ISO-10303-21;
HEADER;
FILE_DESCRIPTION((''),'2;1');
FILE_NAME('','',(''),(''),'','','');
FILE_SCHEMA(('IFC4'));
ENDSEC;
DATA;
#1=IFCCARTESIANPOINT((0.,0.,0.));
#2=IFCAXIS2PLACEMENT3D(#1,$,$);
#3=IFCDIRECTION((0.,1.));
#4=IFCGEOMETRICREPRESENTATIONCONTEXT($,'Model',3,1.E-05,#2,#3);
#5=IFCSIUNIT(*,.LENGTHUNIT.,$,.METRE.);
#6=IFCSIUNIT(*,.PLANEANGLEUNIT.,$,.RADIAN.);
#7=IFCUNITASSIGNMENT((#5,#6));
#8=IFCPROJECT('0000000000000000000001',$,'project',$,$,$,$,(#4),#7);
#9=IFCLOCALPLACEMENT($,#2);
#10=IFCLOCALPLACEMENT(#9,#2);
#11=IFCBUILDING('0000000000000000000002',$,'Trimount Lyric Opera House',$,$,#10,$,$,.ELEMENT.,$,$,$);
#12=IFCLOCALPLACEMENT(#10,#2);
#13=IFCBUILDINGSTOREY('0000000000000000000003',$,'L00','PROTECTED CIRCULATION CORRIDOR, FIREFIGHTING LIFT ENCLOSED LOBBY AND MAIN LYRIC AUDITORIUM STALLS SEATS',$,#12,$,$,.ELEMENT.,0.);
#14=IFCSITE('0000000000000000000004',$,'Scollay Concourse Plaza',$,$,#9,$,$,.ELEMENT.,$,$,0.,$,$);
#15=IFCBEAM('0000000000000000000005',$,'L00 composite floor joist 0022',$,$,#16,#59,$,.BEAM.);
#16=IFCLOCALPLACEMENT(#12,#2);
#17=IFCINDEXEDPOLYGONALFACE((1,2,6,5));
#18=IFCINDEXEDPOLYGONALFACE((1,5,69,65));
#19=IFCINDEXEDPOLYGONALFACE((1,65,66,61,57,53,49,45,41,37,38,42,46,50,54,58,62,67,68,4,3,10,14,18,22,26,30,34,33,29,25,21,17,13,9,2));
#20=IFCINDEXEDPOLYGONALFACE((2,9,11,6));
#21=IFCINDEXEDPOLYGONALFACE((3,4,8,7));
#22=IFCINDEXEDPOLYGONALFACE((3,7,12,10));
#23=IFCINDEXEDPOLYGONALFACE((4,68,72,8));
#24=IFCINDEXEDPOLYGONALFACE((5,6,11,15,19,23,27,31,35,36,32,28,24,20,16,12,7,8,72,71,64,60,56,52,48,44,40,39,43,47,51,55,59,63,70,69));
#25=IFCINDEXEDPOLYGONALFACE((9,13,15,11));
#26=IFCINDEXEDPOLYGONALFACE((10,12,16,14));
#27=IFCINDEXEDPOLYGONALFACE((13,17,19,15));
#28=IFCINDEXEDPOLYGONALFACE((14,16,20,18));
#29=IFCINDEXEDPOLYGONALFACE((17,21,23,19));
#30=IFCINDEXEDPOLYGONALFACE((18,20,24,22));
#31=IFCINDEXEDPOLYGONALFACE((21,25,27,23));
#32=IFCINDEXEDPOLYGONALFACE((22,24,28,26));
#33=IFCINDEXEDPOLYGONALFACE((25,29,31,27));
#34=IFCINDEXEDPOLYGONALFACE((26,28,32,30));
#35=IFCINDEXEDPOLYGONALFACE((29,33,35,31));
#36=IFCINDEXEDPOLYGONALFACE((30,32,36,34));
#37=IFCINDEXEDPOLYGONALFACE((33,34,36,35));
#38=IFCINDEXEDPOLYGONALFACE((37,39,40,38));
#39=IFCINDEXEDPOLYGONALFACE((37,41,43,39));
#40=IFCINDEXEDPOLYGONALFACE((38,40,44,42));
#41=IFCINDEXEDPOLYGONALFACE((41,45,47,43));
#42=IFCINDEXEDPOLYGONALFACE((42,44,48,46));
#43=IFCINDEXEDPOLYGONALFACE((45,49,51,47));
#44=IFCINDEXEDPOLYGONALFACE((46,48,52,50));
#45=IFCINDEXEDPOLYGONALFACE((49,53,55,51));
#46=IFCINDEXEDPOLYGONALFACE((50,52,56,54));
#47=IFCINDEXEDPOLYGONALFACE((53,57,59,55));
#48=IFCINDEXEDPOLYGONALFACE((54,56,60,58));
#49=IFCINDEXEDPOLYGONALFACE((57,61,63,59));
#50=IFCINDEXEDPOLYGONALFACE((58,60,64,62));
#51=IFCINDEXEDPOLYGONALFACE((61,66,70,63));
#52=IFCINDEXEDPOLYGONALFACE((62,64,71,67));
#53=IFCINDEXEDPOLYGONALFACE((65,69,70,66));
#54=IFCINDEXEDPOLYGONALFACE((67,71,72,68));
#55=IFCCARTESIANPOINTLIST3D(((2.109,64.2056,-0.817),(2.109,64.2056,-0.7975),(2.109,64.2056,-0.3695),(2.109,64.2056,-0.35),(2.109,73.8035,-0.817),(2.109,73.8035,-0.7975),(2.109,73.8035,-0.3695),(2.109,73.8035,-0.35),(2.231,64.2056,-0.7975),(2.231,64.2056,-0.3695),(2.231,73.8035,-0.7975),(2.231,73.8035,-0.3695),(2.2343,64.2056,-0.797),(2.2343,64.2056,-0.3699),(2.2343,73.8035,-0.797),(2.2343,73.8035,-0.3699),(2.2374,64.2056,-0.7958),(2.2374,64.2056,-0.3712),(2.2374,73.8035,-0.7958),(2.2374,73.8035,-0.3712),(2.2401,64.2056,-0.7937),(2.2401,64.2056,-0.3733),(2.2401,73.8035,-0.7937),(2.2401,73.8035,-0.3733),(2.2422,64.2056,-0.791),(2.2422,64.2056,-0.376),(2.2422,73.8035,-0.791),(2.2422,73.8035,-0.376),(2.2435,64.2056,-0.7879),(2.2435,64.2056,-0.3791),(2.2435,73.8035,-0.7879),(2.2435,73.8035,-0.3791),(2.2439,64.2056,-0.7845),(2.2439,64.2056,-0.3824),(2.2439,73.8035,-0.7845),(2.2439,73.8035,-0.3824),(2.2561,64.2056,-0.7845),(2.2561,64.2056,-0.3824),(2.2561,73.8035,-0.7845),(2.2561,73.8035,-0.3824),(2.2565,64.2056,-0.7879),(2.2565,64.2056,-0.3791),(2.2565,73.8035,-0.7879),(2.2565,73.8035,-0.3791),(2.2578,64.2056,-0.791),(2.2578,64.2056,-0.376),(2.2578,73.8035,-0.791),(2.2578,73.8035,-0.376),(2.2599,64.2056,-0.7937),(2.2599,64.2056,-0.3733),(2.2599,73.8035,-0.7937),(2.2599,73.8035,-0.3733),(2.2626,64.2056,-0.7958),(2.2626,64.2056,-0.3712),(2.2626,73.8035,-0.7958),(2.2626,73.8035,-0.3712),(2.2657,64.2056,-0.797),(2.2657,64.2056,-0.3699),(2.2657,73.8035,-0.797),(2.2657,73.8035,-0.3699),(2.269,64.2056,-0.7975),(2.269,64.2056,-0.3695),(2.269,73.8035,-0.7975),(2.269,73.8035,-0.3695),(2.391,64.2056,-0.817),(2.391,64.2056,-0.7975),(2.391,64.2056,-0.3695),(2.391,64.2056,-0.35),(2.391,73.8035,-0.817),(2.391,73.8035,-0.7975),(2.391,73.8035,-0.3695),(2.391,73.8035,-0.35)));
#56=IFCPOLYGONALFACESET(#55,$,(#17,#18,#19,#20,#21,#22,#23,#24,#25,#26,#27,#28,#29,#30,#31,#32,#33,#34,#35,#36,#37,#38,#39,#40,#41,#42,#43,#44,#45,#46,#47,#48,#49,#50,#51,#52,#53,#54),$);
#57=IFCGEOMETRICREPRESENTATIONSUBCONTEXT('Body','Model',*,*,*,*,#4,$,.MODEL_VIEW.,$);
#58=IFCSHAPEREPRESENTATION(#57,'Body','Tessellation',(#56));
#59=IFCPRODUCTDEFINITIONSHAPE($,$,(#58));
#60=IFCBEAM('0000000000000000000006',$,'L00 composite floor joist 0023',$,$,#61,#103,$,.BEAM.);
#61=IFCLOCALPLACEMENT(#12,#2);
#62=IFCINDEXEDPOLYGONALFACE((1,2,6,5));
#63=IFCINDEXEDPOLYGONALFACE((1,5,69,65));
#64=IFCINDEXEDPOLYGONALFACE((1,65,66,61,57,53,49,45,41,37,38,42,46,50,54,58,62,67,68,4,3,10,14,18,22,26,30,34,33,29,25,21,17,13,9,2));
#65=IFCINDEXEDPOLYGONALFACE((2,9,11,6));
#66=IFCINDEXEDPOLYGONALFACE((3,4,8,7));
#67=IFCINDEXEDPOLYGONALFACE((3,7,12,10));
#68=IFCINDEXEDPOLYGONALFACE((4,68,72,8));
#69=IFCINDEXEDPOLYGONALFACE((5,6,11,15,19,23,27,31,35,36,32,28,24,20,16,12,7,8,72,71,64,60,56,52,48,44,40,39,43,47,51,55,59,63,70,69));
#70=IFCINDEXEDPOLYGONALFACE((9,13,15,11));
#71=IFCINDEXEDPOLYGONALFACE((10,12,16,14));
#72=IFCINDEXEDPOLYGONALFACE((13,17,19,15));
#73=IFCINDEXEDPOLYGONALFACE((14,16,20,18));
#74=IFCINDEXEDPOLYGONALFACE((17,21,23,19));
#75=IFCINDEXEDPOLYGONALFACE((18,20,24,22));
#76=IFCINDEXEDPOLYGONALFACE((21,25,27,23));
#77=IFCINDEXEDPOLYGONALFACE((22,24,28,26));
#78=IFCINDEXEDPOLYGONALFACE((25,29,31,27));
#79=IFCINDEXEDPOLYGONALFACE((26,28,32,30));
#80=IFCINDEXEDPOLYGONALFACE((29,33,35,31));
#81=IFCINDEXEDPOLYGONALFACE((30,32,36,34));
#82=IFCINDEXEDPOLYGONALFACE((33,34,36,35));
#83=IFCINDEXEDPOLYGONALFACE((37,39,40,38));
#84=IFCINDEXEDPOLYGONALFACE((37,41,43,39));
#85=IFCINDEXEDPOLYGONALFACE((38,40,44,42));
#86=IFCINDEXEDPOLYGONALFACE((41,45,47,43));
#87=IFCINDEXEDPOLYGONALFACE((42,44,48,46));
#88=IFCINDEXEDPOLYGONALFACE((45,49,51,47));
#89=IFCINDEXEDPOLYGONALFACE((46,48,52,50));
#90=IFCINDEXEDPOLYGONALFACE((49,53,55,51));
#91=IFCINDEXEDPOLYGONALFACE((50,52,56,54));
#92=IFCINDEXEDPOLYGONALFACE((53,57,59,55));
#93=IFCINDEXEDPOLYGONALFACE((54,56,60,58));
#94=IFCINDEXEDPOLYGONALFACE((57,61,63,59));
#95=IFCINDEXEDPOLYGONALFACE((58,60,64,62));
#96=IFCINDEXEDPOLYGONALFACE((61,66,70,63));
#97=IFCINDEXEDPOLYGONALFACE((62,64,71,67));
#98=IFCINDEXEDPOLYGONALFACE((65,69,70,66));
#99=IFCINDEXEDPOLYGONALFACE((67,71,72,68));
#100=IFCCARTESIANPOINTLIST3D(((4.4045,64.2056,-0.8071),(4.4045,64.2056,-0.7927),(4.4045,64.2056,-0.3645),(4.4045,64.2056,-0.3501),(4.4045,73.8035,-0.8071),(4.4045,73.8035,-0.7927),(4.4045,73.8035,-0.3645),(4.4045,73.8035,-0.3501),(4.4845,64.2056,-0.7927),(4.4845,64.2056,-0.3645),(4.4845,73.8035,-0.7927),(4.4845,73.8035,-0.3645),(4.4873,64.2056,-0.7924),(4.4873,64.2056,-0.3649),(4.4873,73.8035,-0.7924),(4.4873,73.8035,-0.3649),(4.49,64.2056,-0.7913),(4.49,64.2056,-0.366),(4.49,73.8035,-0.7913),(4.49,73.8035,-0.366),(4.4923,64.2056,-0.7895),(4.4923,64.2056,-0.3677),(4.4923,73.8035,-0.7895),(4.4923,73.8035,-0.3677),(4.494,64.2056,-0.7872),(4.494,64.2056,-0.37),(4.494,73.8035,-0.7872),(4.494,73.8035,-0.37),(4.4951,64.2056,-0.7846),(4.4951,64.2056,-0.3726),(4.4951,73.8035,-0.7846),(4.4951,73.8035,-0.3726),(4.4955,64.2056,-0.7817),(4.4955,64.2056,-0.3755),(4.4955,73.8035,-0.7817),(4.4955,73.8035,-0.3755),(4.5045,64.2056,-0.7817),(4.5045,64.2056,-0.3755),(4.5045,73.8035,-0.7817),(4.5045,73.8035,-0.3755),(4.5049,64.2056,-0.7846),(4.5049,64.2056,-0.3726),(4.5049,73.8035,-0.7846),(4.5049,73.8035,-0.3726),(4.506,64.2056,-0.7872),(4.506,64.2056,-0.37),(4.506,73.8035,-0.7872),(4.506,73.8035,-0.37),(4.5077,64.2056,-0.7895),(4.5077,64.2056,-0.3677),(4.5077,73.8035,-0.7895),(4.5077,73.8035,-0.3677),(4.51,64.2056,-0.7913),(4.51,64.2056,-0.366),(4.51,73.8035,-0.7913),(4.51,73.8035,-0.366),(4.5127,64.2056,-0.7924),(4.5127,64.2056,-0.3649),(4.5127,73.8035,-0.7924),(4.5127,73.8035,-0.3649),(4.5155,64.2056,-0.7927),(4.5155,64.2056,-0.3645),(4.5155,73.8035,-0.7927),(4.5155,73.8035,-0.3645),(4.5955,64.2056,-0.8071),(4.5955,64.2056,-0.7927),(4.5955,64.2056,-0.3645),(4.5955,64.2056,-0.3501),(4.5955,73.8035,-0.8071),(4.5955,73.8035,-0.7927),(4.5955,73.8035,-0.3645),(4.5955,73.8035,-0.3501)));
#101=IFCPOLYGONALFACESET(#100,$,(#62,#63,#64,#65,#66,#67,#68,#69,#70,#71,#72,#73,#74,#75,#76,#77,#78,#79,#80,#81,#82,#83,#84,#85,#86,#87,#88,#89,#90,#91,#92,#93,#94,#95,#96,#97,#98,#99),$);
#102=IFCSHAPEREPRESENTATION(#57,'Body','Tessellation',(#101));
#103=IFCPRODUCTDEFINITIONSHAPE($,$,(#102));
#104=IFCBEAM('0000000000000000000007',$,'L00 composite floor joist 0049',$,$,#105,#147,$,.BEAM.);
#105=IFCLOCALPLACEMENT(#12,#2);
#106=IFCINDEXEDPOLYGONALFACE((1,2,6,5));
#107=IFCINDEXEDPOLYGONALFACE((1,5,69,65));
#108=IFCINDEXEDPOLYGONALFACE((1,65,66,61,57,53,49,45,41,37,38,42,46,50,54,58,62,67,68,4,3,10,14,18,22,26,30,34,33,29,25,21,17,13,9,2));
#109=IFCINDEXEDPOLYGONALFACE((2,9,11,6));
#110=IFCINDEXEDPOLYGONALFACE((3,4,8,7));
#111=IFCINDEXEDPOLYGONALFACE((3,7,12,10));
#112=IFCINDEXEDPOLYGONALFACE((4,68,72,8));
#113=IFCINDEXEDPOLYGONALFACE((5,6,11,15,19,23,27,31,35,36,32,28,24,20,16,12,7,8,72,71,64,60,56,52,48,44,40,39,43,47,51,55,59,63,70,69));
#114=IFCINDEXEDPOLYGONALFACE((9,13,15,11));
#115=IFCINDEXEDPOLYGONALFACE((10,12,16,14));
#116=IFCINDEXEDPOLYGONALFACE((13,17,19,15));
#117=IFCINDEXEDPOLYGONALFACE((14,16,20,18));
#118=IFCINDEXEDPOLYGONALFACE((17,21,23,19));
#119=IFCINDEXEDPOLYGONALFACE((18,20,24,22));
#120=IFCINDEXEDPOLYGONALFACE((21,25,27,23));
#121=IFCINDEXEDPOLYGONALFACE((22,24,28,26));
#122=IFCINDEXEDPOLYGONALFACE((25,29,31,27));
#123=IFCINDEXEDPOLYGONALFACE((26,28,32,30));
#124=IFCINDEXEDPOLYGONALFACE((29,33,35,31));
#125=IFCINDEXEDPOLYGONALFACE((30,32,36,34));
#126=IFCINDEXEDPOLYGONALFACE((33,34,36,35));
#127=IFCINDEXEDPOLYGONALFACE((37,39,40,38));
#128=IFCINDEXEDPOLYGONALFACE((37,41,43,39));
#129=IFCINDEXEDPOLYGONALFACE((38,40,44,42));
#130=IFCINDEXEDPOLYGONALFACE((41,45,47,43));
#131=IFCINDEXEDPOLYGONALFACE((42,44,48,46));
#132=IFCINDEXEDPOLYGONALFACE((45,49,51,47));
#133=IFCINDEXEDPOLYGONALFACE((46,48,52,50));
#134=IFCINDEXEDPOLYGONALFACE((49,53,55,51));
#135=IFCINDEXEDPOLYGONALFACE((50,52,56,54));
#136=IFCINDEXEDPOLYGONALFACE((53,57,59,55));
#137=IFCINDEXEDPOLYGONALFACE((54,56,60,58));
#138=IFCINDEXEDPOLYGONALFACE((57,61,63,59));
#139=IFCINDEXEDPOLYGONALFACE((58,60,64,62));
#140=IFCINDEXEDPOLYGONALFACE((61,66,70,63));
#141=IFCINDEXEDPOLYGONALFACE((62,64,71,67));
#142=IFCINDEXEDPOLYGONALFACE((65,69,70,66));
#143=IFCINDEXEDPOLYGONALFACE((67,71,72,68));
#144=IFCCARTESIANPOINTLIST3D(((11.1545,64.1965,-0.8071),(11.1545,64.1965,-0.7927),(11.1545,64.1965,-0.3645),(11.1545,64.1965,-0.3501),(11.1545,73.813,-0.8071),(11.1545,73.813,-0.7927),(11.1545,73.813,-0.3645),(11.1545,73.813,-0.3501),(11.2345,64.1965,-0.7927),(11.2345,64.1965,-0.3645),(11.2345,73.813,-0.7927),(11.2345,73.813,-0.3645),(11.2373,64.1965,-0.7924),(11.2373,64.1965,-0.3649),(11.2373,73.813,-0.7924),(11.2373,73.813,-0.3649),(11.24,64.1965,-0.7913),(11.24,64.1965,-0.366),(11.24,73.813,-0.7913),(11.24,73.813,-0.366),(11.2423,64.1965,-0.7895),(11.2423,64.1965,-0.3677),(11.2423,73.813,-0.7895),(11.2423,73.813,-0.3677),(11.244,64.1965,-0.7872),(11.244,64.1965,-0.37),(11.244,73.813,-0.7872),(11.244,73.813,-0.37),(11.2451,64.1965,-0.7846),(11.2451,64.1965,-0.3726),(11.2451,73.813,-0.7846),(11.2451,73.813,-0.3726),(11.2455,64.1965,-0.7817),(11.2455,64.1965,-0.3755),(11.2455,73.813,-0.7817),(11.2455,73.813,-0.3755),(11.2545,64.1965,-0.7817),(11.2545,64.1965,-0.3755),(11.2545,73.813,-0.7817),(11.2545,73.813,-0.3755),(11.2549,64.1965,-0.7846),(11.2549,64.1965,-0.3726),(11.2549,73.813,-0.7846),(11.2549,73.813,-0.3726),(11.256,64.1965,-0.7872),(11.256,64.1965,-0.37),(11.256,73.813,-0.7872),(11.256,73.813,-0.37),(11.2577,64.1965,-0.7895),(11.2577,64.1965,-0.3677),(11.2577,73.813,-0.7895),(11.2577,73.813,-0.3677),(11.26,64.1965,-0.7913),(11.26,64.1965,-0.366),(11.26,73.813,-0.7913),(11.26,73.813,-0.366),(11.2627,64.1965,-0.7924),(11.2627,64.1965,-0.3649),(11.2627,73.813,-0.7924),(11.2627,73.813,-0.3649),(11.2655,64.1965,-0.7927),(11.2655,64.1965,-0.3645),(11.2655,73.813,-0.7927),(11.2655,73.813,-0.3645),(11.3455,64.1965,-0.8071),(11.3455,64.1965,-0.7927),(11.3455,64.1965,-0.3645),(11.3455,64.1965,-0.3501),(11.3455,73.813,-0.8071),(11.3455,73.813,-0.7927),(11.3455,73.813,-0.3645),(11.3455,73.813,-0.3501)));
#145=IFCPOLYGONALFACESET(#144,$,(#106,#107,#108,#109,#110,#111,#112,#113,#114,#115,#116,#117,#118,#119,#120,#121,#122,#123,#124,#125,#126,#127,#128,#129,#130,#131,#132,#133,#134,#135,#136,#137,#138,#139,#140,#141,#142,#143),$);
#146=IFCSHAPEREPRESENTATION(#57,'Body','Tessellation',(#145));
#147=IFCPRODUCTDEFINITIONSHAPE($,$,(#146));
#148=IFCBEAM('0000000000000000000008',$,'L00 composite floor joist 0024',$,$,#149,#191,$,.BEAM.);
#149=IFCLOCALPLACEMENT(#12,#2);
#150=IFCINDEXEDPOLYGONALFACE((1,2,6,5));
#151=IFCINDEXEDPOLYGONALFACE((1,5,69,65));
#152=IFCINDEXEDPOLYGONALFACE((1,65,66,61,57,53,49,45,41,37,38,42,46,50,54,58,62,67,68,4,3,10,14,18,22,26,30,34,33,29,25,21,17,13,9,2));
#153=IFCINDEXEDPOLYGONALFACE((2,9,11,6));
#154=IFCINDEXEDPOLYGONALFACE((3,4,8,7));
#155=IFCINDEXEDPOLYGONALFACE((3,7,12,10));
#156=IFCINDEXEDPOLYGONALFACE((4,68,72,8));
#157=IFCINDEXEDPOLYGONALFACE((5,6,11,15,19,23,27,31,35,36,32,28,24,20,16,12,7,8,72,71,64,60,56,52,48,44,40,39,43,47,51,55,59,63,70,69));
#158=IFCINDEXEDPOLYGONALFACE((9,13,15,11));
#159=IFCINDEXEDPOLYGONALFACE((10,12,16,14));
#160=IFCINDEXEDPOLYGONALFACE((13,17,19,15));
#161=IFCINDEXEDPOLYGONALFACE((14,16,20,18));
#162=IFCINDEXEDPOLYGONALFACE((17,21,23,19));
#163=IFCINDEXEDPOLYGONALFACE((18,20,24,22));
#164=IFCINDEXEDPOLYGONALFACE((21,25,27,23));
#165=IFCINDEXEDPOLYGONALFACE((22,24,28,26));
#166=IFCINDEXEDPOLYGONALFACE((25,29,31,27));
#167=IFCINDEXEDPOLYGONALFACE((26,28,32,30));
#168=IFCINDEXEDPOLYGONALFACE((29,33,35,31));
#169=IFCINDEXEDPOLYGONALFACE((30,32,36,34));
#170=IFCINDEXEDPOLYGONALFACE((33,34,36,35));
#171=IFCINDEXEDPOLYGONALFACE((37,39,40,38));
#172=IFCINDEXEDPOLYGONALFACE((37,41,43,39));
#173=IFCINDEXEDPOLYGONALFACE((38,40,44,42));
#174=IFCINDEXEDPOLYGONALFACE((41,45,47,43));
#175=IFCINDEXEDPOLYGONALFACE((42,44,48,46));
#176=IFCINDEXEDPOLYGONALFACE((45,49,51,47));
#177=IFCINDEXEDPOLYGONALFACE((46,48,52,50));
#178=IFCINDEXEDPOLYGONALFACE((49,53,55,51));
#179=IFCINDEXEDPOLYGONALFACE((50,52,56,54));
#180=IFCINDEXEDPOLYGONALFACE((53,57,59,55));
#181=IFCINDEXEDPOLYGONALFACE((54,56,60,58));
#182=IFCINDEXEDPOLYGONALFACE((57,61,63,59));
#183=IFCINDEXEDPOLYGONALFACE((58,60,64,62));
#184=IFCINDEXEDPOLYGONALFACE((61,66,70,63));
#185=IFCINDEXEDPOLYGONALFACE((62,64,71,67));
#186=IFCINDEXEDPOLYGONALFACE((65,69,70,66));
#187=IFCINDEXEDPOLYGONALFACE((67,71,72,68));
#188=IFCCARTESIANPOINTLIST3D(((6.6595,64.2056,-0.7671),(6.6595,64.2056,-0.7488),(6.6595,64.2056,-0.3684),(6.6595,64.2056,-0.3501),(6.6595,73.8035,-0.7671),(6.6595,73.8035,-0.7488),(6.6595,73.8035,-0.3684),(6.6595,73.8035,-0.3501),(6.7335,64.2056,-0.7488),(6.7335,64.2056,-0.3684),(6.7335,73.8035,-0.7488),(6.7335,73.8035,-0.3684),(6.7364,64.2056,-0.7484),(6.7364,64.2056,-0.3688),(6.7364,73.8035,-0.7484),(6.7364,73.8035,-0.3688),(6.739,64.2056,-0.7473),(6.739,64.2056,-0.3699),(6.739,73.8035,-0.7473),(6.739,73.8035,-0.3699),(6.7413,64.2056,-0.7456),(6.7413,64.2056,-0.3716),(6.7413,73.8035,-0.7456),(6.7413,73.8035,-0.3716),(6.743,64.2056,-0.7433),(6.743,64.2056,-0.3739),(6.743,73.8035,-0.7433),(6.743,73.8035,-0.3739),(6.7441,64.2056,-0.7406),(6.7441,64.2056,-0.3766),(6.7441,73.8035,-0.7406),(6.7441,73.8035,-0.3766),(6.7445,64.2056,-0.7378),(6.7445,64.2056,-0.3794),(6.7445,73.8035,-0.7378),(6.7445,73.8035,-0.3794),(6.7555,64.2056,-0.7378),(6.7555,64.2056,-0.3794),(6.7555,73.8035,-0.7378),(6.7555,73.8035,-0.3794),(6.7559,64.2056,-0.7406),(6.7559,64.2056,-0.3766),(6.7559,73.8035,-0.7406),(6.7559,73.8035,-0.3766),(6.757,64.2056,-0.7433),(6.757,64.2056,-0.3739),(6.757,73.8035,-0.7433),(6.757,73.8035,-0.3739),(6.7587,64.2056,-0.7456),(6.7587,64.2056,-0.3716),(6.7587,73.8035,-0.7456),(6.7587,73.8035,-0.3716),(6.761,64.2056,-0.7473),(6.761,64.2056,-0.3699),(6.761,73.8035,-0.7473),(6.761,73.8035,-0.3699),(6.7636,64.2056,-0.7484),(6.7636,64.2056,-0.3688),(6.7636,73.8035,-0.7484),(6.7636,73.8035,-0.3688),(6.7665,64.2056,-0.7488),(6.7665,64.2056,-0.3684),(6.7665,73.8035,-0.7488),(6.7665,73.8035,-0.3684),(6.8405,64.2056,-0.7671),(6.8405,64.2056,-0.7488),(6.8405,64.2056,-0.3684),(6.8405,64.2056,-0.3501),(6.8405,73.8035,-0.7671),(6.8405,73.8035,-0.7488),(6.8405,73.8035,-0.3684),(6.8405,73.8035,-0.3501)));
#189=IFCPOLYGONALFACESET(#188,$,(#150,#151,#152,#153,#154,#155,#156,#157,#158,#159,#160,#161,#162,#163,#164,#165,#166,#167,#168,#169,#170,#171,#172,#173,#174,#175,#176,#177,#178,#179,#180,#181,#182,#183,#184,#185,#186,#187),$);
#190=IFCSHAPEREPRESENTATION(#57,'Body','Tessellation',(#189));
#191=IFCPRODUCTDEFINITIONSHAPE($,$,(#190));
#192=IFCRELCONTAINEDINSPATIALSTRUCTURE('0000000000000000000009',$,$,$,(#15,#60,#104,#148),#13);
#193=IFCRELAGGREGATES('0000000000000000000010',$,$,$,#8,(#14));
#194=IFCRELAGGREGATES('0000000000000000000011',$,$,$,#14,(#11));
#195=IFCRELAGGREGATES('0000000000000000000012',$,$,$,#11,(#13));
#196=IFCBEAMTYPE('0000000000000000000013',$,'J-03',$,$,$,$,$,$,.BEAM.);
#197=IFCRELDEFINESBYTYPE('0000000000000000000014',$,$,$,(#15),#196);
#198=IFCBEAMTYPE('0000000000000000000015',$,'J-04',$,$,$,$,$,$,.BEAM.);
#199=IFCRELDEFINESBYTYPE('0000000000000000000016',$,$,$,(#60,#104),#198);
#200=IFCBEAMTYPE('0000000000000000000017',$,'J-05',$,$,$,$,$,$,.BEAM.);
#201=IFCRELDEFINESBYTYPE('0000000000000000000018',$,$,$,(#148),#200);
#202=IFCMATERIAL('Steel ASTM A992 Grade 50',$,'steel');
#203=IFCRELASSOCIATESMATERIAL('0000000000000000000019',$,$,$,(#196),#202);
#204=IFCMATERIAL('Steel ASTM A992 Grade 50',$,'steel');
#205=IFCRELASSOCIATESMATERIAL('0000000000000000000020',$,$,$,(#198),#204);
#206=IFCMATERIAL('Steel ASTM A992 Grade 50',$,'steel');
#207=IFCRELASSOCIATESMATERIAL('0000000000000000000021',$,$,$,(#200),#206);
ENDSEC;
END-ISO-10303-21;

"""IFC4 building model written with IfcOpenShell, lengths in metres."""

from ifc_helpers import new_model, si_unit, direction, frame, origin, origin_2d, place, context, subcontext, project, spatial, i_section, extrude, material, material_profile, profile_set, type_object, element, save


model = new_model("IFC4")

# Units and contexts
model_context = context("Model", 3, precision=1e-05, world=origin(), true_north=direction((0.0, 1.0)))
body_context = subcontext(model_context, "Body", "Model", "MODEL_VIEW")
ifc_project = project(units=[si_unit("LENGTHUNIT", "METRE"), si_unit("PLANEANGLEUNIT", "RADIAN")], contexts=[model_context])

# Site, building, storey
site_placement = place(None, origin())
site = spatial("IfcSite", under=ifc_project, at=site_placement, Name="Scollay Concourse Plaza", CompositionType="ELEMENT", RefElevation=0.0)
building_placement = place(site_placement, origin())
building = spatial("IfcBuilding", under=site, at=building_placement, Name="Trimount Lyric Opera House", CompositionType="ELEMENT")
storey_placement = place(building_placement, origin())
storey = spatial("IfcBuildingStorey", under=building, at=storey_placement, Name="L00", Description="PROTECTED CIRCULATION CORRIDOR, FIREFIGHTING LIFT ENCLOSED LOBBY AND MAIN LYRIC AUDITORIUM STALLS SEATS", CompositionType="ELEMENT", Elevation=0.0)

# Beams
ifc_material_1 = material(Name="Steel ASTM A992 Grade 50", Category="steel")
ifc_material_profile_1 = material_profile(ifc_material_1, i_section(OverallWidth=0.282, OverallDepth=0.467, WebThickness=0.0122, FlangeThickness=0.0195, FilletRadius=0.0129, at=origin_2d()), Name="W18X86")
ifc_profile_set_1 = profile_set([ifc_material_profile_1], Name="Steel ASTM A992 Grade 50")
beam_type_1 = type_object("IfcBeamType", Name="J-03", PredefinedType="BEAM", material=ifc_profile_set_1)
beam_1_placement = place(storey_placement, frame((2.25, 64.2056, -0.5835), z_axis=(0.0, 1.0, 0.0), x_axis=(-1.0, 0.0, 0.0)))
element("IfcBeam", 1, at=beam_1_placement, inside=storey, type_object=beam_type_1, Name="L00 composite floor joist 0022", PredefinedType="BEAM", context=body_context, shape_type="SweptSolid", body=[
    extrude(i_section(OverallWidth=0.282, OverallDepth=0.467, WebThickness=0.0122, FlangeThickness=0.0195, FilletRadius=0.0129, at=origin_2d()), origin(), (0.0, 0.0, 1.0), 9.5979),
])
ifc_material_2 = material(Name="Steel ASTM A992 Grade 50", Category="steel")
ifc_material_profile_2 = material_profile(ifc_material_2, i_section(OverallWidth=0.1909, OverallDepth=0.457, WebThickness=0.009, FlangeThickness=0.0144, FilletRadius=0.011, at=origin_2d()), Name="W18X50")
ifc_profile_set_2 = profile_set([ifc_material_profile_2], Name="Steel ASTM A992 Grade 50")
beam_type_2 = type_object("IfcBeamType", Name="J-04", PredefinedType="BEAM", material=ifc_profile_set_2)
beam_2_placement = place(storey_placement, frame((4.5, 64.2056, -0.5786), z_axis=(0.0, 1.0, 0.0), x_axis=(-1.0, 0.0, 0.0)))
element("IfcBeam", 2, at=beam_2_placement, inside=storey, type_object=beam_type_2, Name="L00 composite floor joist 0023", PredefinedType="BEAM", context=body_context, shape_type="SweptSolid", body=[
    extrude(i_section(OverallWidth=0.1909, OverallDepth=0.457, WebThickness=0.009, FlangeThickness=0.0144, FilletRadius=0.011, at=origin_2d()), origin(), (0.0, 0.0, 1.0), 9.5979),
])
beam_3_placement = place(storey_placement, frame((11.25, 64.1965, -0.5786), z_axis=(0.0, 1.0, 0.0), x_axis=(-1.0, 0.0, 0.0)))
element("IfcBeam", 3, at=beam_3_placement, inside=storey, type_object=beam_type_2, Name="L00 composite floor joist 0049", PredefinedType="BEAM", context=body_context, shape_type="SweptSolid", body=[
    extrude(i_section(OverallWidth=0.1909, OverallDepth=0.457, WebThickness=0.009, FlangeThickness=0.0144, FilletRadius=0.011, at=origin_2d()), origin(), (0.0, 0.0, 1.0), 9.6165),
])
ifc_material_3 = material(Name="Steel ASTM A992 Grade 50", Category="steel")
ifc_material_profile_3 = material_profile(ifc_material_3, i_section(OverallWidth=0.1809, OverallDepth=0.417, WebThickness=0.011, FlangeThickness=0.0183, FilletRadius=0.011, at=origin_2d()), Name="W16X57")
ifc_profile_set_3 = profile_set([ifc_material_profile_3], Name="Steel ASTM A992 Grade 50")
beam_type_3 = type_object("IfcBeamType", Name="J-05", PredefinedType="BEAM", material=ifc_profile_set_3)
beam_4_placement = place(storey_placement, frame((6.75, 64.2056, -0.5586), z_axis=(0.0, 1.0, 0.0), x_axis=(-1.0, 0.0, 0.0)))
element("IfcBeam", 4, at=beam_4_placement, inside=storey, type_object=beam_type_3, Name="L00 composite floor joist 0024", PredefinedType="BEAM", context=body_context, shape_type="SweptSolid", body=[
    extrude(i_section(OverallWidth=0.1809, OverallDepth=0.417, WebThickness=0.011, FlangeThickness=0.0183, FilletRadius=0.011, at=origin_2d()), origin(), (0.0, 0.0, 1.0), 9.5979),
])

save(model, "model.ifc")
